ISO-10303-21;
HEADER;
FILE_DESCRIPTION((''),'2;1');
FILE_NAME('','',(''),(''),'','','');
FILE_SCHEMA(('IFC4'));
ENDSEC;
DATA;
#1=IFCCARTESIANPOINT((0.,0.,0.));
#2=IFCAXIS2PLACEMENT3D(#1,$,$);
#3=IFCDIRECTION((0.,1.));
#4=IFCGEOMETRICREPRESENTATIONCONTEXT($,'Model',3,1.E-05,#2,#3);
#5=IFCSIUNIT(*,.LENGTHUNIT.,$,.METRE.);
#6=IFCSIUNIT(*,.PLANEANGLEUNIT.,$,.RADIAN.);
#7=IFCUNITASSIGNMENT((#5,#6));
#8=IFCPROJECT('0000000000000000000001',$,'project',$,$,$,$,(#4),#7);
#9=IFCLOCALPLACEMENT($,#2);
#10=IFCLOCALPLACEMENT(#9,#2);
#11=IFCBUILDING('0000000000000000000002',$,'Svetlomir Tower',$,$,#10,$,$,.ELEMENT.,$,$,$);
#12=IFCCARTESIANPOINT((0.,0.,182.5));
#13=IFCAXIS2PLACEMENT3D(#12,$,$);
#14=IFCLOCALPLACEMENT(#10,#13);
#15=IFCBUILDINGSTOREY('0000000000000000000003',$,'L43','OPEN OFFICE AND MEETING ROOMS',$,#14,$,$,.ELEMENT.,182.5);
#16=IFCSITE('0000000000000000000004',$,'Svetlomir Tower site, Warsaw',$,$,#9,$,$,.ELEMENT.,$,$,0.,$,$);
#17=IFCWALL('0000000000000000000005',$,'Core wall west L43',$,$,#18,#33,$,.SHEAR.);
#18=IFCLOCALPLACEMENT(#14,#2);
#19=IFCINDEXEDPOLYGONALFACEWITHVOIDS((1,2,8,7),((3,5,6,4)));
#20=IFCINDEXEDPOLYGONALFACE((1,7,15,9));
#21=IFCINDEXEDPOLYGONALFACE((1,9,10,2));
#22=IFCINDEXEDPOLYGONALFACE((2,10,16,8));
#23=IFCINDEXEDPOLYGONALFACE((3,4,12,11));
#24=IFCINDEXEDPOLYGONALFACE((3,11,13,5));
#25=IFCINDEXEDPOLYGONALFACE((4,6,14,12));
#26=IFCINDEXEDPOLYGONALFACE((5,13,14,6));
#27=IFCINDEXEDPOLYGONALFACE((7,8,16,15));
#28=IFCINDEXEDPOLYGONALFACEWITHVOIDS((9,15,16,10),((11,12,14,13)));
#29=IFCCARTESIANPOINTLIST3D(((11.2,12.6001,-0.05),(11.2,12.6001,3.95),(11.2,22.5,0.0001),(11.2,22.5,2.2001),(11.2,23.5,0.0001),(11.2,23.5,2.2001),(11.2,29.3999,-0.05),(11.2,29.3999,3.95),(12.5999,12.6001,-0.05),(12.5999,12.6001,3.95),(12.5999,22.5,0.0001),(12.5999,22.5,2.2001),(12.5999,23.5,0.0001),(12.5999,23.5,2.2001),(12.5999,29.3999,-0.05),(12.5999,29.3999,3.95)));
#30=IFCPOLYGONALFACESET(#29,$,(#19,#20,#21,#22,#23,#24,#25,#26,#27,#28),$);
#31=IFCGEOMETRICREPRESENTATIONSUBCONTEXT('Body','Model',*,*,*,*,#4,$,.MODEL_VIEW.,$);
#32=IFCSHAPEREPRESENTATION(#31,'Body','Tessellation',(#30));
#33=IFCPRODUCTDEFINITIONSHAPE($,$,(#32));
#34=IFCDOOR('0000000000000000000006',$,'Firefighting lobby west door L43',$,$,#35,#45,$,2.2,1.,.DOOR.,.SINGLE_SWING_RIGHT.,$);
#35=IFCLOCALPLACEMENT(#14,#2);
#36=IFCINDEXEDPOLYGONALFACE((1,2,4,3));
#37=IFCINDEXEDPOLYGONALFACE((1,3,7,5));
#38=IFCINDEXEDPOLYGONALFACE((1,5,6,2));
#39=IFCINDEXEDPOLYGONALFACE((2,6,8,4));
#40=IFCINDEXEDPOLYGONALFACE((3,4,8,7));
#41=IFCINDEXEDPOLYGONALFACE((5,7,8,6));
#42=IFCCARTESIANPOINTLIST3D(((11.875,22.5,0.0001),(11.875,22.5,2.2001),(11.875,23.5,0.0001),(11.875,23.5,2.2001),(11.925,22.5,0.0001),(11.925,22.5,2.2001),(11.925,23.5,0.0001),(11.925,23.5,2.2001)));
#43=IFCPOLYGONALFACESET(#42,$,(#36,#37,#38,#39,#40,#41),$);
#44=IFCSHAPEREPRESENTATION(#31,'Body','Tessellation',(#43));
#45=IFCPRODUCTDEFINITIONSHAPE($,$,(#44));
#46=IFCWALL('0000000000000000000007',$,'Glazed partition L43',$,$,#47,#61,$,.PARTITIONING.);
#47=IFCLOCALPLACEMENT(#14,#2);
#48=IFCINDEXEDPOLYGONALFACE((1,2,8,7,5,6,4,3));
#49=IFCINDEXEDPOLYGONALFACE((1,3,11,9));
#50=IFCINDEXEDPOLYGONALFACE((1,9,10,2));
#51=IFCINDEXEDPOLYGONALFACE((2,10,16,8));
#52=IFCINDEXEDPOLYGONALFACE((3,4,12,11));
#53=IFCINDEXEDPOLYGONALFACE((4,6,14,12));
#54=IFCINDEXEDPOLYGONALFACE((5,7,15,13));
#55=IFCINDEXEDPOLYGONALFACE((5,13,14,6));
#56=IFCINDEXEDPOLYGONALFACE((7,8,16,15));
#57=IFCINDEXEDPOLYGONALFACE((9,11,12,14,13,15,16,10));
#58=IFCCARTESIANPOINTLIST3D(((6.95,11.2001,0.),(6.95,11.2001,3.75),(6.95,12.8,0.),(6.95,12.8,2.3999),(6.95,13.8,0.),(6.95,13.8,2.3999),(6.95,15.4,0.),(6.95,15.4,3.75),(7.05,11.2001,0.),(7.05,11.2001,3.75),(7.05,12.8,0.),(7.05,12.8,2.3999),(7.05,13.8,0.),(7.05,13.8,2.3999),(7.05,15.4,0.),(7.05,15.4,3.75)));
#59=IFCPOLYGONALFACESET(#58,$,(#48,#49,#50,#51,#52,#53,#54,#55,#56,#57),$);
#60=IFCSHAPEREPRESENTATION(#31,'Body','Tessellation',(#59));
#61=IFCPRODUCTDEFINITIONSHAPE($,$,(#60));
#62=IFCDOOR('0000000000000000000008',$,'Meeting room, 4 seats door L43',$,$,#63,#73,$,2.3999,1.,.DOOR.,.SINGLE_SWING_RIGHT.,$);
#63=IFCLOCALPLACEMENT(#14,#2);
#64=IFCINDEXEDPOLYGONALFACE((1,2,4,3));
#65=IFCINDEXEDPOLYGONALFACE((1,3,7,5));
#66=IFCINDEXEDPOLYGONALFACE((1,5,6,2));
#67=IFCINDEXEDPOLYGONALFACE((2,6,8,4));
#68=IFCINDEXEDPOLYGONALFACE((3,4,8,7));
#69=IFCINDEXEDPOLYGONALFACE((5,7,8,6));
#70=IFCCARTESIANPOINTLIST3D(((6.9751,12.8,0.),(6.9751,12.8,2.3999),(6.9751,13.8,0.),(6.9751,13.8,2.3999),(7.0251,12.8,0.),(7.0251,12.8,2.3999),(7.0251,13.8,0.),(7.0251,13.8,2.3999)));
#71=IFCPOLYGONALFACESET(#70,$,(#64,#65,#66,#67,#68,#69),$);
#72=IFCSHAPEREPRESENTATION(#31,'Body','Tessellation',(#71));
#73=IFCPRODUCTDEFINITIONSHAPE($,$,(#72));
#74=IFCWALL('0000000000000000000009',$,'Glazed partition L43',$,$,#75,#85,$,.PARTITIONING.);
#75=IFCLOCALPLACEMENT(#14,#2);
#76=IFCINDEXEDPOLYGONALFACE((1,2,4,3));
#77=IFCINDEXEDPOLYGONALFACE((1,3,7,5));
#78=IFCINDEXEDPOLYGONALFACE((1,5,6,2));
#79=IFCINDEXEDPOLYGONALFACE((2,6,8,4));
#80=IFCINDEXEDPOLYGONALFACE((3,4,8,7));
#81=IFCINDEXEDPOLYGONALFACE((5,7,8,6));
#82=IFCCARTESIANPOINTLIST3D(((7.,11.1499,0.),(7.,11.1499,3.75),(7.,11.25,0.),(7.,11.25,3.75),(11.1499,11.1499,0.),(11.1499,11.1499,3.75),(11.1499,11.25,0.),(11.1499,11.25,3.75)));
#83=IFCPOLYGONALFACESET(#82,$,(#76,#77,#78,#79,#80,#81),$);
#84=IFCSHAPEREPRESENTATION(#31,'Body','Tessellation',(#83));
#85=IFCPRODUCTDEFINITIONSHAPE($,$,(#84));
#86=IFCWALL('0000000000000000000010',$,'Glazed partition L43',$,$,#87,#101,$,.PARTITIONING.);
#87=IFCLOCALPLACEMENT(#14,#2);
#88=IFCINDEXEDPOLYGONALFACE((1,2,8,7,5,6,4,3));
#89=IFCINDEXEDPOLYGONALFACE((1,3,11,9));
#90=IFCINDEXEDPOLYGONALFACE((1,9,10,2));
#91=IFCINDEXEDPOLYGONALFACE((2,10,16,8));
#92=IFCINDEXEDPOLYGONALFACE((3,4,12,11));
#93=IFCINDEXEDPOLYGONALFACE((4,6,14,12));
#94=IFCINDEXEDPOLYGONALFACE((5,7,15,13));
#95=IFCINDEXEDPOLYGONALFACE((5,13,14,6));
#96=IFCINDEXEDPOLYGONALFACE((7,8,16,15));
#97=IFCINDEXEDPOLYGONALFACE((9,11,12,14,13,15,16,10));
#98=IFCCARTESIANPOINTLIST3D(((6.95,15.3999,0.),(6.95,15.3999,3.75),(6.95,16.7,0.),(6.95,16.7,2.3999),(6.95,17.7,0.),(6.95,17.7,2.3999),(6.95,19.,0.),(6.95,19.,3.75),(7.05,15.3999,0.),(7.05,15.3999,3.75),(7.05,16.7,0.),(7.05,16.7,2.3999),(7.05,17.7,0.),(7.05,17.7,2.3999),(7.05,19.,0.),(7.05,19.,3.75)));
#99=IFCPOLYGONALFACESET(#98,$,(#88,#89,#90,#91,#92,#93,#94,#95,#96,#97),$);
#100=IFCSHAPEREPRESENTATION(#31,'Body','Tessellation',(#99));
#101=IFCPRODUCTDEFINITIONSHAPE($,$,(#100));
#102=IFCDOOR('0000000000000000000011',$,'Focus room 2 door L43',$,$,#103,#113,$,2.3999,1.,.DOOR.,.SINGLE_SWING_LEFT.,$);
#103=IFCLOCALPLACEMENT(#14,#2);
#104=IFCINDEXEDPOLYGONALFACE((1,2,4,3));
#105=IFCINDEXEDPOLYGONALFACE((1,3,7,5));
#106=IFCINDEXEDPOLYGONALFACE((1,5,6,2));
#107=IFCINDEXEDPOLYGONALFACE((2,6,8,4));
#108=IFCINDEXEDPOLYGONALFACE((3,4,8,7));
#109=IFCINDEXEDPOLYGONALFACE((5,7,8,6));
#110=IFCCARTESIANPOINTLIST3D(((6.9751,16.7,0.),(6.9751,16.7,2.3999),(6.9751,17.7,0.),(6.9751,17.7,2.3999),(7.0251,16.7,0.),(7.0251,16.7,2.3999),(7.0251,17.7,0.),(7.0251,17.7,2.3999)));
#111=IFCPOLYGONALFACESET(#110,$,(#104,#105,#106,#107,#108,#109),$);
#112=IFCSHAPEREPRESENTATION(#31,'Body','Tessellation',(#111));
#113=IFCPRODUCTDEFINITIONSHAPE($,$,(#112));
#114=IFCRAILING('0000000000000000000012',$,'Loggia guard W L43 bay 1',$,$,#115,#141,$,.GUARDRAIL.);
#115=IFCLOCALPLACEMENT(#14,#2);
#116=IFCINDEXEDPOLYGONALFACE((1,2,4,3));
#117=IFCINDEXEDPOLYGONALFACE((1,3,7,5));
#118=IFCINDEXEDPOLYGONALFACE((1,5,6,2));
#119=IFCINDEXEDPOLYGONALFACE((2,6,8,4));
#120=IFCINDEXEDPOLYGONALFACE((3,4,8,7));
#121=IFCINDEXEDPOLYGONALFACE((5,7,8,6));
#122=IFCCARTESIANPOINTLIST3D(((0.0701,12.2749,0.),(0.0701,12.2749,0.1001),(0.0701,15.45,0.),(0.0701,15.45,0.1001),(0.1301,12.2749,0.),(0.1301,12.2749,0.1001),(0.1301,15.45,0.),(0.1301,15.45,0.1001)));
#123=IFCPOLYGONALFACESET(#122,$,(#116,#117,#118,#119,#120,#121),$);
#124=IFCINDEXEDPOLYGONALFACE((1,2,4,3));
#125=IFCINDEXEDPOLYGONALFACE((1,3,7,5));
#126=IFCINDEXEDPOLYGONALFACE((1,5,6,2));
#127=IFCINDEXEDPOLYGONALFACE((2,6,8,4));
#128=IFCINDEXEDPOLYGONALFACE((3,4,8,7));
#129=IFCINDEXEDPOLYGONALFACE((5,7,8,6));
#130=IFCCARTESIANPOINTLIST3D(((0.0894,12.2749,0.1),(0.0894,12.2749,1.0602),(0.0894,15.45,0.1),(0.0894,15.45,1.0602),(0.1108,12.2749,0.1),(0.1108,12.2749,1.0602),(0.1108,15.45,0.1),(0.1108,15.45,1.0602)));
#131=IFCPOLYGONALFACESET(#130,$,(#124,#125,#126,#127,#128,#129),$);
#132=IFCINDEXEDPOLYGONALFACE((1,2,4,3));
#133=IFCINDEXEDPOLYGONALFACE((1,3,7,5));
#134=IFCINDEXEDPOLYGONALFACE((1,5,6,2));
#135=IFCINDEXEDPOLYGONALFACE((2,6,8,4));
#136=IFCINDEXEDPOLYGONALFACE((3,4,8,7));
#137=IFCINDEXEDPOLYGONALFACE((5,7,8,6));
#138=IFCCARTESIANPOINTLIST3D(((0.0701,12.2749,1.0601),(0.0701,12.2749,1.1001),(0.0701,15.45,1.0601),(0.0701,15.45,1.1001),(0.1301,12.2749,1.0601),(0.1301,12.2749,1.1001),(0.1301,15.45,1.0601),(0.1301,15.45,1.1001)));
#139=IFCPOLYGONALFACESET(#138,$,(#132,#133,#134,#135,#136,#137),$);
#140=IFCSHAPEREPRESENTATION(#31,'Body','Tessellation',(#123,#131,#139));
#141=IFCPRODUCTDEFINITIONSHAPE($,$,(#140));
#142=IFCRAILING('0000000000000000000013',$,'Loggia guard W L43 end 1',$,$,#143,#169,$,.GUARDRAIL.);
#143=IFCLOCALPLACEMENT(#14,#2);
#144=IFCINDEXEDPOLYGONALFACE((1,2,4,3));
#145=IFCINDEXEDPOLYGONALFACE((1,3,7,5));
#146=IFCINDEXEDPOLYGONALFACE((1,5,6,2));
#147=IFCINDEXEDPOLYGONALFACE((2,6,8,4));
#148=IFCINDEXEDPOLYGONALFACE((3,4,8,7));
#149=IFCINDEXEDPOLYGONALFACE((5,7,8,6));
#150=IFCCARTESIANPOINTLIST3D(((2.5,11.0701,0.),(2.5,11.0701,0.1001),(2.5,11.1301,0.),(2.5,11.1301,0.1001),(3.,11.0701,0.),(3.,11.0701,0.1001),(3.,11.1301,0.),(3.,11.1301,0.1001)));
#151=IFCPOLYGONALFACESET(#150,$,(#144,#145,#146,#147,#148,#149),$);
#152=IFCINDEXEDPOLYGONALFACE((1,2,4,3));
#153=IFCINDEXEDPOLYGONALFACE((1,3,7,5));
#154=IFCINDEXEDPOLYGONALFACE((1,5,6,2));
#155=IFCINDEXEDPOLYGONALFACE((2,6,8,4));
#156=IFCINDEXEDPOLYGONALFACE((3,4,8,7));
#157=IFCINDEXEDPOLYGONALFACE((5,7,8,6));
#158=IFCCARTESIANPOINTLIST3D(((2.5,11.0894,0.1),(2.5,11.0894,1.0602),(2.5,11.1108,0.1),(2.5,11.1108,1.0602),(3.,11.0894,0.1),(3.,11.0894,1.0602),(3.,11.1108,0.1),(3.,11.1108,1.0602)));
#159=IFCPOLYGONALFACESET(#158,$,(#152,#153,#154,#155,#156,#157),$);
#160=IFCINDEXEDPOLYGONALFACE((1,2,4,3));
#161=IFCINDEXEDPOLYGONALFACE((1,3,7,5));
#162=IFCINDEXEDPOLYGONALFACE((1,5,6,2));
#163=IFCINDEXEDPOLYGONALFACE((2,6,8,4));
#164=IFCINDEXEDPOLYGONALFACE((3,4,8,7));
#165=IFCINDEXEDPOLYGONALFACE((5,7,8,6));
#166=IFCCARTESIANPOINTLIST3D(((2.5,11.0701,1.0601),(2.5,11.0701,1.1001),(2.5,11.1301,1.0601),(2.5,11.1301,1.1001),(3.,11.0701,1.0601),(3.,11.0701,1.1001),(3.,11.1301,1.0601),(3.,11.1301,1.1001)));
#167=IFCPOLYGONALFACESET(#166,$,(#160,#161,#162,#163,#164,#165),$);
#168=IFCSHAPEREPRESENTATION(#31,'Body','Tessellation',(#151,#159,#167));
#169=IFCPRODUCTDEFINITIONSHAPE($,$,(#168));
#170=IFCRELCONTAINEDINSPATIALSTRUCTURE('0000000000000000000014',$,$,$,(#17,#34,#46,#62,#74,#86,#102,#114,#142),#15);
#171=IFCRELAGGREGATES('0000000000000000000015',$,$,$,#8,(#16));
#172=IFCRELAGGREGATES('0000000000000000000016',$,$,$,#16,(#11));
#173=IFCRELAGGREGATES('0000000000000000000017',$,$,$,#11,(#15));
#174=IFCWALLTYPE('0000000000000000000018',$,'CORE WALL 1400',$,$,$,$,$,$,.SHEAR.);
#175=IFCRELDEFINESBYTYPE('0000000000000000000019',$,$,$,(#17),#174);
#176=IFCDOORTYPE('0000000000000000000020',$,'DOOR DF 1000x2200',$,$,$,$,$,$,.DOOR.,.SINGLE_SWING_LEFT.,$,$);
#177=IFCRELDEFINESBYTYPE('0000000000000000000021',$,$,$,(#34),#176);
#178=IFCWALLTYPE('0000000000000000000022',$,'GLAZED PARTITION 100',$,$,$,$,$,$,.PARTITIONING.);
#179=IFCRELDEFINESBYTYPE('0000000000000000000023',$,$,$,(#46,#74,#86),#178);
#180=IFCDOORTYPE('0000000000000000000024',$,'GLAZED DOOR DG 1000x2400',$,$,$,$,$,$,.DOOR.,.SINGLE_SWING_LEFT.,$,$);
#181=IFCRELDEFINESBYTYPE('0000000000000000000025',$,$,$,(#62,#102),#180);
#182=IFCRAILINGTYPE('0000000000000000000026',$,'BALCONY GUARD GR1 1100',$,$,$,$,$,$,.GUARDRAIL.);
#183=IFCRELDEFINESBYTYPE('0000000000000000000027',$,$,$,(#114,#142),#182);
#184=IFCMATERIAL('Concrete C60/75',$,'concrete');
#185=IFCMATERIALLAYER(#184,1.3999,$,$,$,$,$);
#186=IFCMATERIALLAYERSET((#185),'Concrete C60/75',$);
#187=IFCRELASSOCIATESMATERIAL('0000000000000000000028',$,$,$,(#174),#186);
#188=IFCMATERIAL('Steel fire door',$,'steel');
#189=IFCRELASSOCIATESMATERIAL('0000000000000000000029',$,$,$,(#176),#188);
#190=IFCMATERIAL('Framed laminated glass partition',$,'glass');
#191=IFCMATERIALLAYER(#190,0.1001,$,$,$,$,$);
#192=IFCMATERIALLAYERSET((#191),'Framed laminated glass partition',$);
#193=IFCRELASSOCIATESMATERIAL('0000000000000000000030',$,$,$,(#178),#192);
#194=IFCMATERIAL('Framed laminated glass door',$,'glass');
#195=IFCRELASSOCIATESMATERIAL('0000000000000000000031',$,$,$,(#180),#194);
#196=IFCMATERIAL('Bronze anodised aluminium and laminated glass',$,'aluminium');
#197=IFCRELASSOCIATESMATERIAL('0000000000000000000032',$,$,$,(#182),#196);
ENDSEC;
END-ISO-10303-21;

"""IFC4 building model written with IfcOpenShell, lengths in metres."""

from ifc_helpers import new_model, si_unit, direction, frame, frame_2d, origin, origin_2d, place, context, subcontext, project, spatial, rectangle, extrude, material, layer, layer_set, type_object, element, fill, save


model = new_model("IFC4")

# Units and contexts
model_context = context("Model", 3, precision=1e-05, world=origin(), true_north=direction((0.0, 1.0)))
body_context = subcontext(model_context, "Body", "Model", "MODEL_VIEW")
ifc_project = project(units=[si_unit("LENGTHUNIT", "METRE"), si_unit("PLANEANGLEUNIT", "RADIAN")], contexts=[model_context])

# Site, building, storey
site_placement = place(None, origin())
site = spatial("IfcSite", under=ifc_project, at=site_placement, Name="Svetlomir Tower site, Warsaw", CompositionType="ELEMENT", RefElevation=0.0)
building_placement = place(site_placement, origin())
building = spatial("IfcBuilding", under=site, at=building_placement, Name="Svetlomir Tower", CompositionType="ELEMENT")
storey_placement = place(building_placement, frame((0.0, 0.0, 182.5)))
storey = spatial("IfcBuildingStorey", under=building, at=storey_placement, Name="L43", Description="OPEN OFFICE AND MEETING ROOMS", CompositionType="ELEMENT", Elevation=182.5)

# Walls, openings, doors
ifc_material_1 = material(Name="Concrete C60/75", Category="concrete")
ifc_layer_1 = layer(ifc_material_1, 1.3999)
ifc_layer_set_1 = layer_set([ifc_layer_1], Name="Concrete C60/75")
wall_type_1 = type_object("IfcWallType", Name="CORE WALL 1400", PredefinedType="SHEAR", material=ifc_layer_set_1)
wall_1_placement = place(storey_placement, frame((11.8999, 12.6001, -0.05), z_axis=(0.0, 0.0, 1.0), x_axis=(0.0, 1.0, 0.0)))
wall_1 = element("IfcWall", 1, at=wall_1_placement, inside=storey, type_object=wall_type_1, Name="Core wall west L43", PredefinedType="SHEAR", context=body_context, shape_type="SweptSolid", body=[
    extrude(rectangle(XDim=16.7998, YDim=1.3999, at=frame_2d((8.3999, 0.0))), origin(), (0.0, 0.0, 1.0), 4.0),
])
opening_1_placement = place(wall_1_placement, frame((9.8999, 0.0, 0.05)))
opening_1 = element("IfcOpeningElement", 2, at=opening_1_placement, cuts=wall_1, PredefinedType="OPENING", context=body_context, shape_type="SweptSolid", body=[
    extrude(rectangle(XDim=1.0, YDim=2.2, at=frame_2d((0.5, 1.1001))), frame((0.0, 0.71, 0.0), z_axis=(0.0, -1.0, 0.0), x_axis=(1.0, 0.0, 0.0)), (0.0, 0.0, 1.0), 1.4199),
])
ifc_material_2 = material(Name="Steel fire door", Category="steel")
door_type_1 = type_object("IfcDoorType", Name="DOOR DF 1000x2200", OperationType="SINGLE_SWING_LEFT", PredefinedType="DOOR", material=ifc_material_2)
door_1_placement = place(opening_1_placement, origin())
door_1 = element("IfcDoor", 3, at=door_1_placement, inside=storey, type_object=door_type_1, Name="Firefighting lobby west door L43", OperationType="SINGLE_SWING_RIGHT", OverallHeight=2.2, OverallWidth=1.0, PredefinedType="DOOR", context=body_context, shape_type="SweptSolid", body=[
    extrude(rectangle(XDim=1.0, YDim=2.2, at=frame_2d((0.5, 1.1001))), frame((0.0, 0.0249, 0.0), z_axis=(0.0, -1.0, 0.0), x_axis=(1.0, 0.0, 0.0)), (0.0, 0.0, 1.0), 0.05),
])
fill(opening_1, door_1)
ifc_material_3 = material(Name="Framed laminated glass partition", Category="glass")
ifc_layer_2 = layer(ifc_material_3, 0.1001)
ifc_layer_set_2 = layer_set([ifc_layer_2], Name="Framed laminated glass partition")
wall_type_2 = type_object("IfcWallType", Name="GLAZED PARTITION 100", PredefinedType="PARTITIONING", material=ifc_layer_set_2)
wall_2_placement = place(storey_placement, frame((7.0, 11.2, 0.0), z_axis=(0.0, 0.0, 1.0), x_axis=(0.0, 1.0, 0.0)))
wall_2 = element("IfcWall", 4, at=wall_2_placement, inside=storey, type_object=wall_type_2, Name="Glazed partition L43", PredefinedType="PARTITIONING", context=body_context, shape_type="SweptSolid", body=[
    extrude(rectangle(XDim=4.2, YDim=0.1001, at=frame_2d((2.1001, 0.0))), origin(), (0.0, 0.0, 1.0), 3.75),
])
opening_2_placement = place(wall_2_placement, frame((1.6001, 0.0, 0.0)))
opening_2 = element("IfcOpeningElement", 5, at=opening_2_placement, cuts=wall_2, PredefinedType="OPENING", context=body_context, shape_type="SweptSolid", body=[
    extrude(rectangle(XDim=1.0, YDim=2.3999, at=frame_2d((0.5, 1.2))), frame((0.0, 0.0601, 0.0), z_axis=(0.0, -1.0, 0.0), x_axis=(1.0, 0.0, 0.0)), (0.0, 0.0, 1.0), 0.1201),
])
ifc_material_4 = material(Name="Framed laminated glass door", Category="glass")
door_type_2 = type_object("IfcDoorType", Name="GLAZED DOOR DG 1000x2400", OperationType="SINGLE_SWING_LEFT", PredefinedType="DOOR", material=ifc_material_4)
door_2_placement = place(opening_2_placement, origin())
door_2 = element("IfcDoor", 6, at=door_2_placement, inside=storey, type_object=door_type_2, Name="Meeting room, 4 seats door L43", OperationType="SINGLE_SWING_RIGHT", OverallHeight=2.3999, OverallWidth=1.0, PredefinedType="DOOR", context=body_context, shape_type="SweptSolid", body=[
    extrude(rectangle(XDim=1.0, YDim=2.3999, at=frame_2d((0.5, 1.2))), frame((0.0, 0.0249, 0.0), z_axis=(0.0, -1.0, 0.0), x_axis=(1.0, 0.0, 0.0)), (0.0, 0.0, 1.0), 0.05),
])
fill(opening_2, door_2)

# Wall
wall_3_placement = place(storey_placement, frame((7.0, 11.2, 0.0), z_axis=(0.0, 0.0, 1.0), x_axis=(1.0, 0.0, 0.0)))
element("IfcWall", 7, at=wall_3_placement, inside=storey, type_object=wall_type_2, Name="Glazed partition L43", PredefinedType="PARTITIONING", context=body_context, shape_type="SweptSolid", body=[
    extrude(rectangle(XDim=4.1499, YDim=0.1001, at=frame_2d((2.075, 0.0))), origin(), (0.0, 0.0, 1.0), 3.75),
])

# Wall, opening, door
wall_4_placement = place(storey_placement, frame((7.0, 15.3999, 0.0), z_axis=(0.0, 0.0, 1.0), x_axis=(0.0, 1.0, 0.0)))
wall_4 = element("IfcWall", 8, at=wall_4_placement, inside=storey, type_object=wall_type_2, Name="Glazed partition L43", PredefinedType="PARTITIONING", context=body_context, shape_type="SweptSolid", body=[
    extrude(rectangle(XDim=3.6001, YDim=0.1001, at=frame_2d((1.8, 0.0))), origin(), (0.0, 0.0, 1.0), 3.75),
])
opening_3_placement = place(wall_4_placement, frame((1.3, 0.0, 0.0)))
opening_3 = element("IfcOpeningElement", 9, at=opening_3_placement, cuts=wall_4, PredefinedType="OPENING", context=body_context, shape_type="SweptSolid", body=[
    extrude(rectangle(XDim=1.0, YDim=2.3999, at=frame_2d((0.5, 1.2))), frame((0.0, 0.0601, 0.0), z_axis=(0.0, -1.0, 0.0), x_axis=(1.0, 0.0, 0.0)), (0.0, 0.0, 1.0), 0.1201),
])
door_3_placement = place(opening_3_placement, origin())
door_3 = element("IfcDoor", 10, at=door_3_placement, inside=storey, type_object=door_type_2, Name="Focus room 2 door L43", OperationType="SINGLE_SWING_LEFT", OverallHeight=2.3999, OverallWidth=1.0, PredefinedType="DOOR", context=body_context, shape_type="SweptSolid", body=[
    extrude(rectangle(XDim=1.0, YDim=2.3999, at=frame_2d((0.5, 1.2))), frame((0.0, 0.0249, 0.0), z_axis=(0.0, -1.0, 0.0), x_axis=(1.0, 0.0, 0.0)), (0.0, 0.0, 1.0), 0.05),
])
fill(opening_3, door_3)

# Railings
ifc_material_5 = material(Name="Bronze anodised aluminium and laminated glass", Category="aluminium")
railing_type = type_object("IfcRailingType", Name="BALCONY GUARD GR1 1100", PredefinedType="GUARDRAIL", material=ifc_material_5)
railing_1_placement = place(storey_placement, frame((0.1001, 12.2749, 0.0)))
element("IfcRailing", 11, at=railing_1_placement, inside=storey, type_object=railing_type, Name="Loggia guard W L43 bay 1", PredefinedType="GUARDRAIL", context=body_context, shape_type="SweptSolid", body=[
    extrude(rectangle(XDim=0.0601, YDim=0.1001, at=origin_2d()), frame((0.0, 0.0, 0.05), z_axis=(0.0, 1.0, 0.0), x_axis=(-1.0, 0.0, 0.0)), (0.0, 0.0, 1.0), 3.175),
    extrude(rectangle(XDim=0.0215, YDim=0.9602, at=origin_2d()), frame((0.0, 0.0, 0.5801), z_axis=(0.0, 1.0, 0.0), x_axis=(-1.0, 0.0, 0.0)), (0.0, 0.0, 1.0), 3.175),
    extrude(rectangle(XDim=0.0601, YDim=0.04, at=origin_2d()), frame((0.0, 0.0, 1.0801), z_axis=(0.0, 1.0, 0.0), x_axis=(-1.0, 0.0, 0.0)), (0.0, 0.0, 1.0), 3.175),
])
railing_2_placement = place(storey_placement, frame((2.5, 11.1001, 0.0)))
element("IfcRailing", 12, at=railing_2_placement, inside=storey, type_object=railing_type, Name="Loggia guard W L43 end 1", PredefinedType="GUARDRAIL", context=body_context, shape_type="SweptSolid", body=[
    extrude(rectangle(XDim=0.0601, YDim=0.1001, at=origin_2d()), frame((0.0, 0.0, 0.05), z_axis=(1.0, 0.0, 0.0), x_axis=(0.0, 1.0, 0.0)), (0.0, 0.0, 1.0), 0.5),
    extrude(rectangle(XDim=0.0215, YDim=0.9602, at=origin_2d()), frame((0.0, 0.0, 0.5801), z_axis=(1.0, 0.0, 0.0), x_axis=(0.0, 1.0, 0.0)), (0.0, 0.0, 1.0), 0.5),
    extrude(rectangle(XDim=0.0601, YDim=0.04, at=origin_2d()), frame((0.0, 0.0, 1.0801), z_axis=(1.0, 0.0, 0.0), x_axis=(0.0, 1.0, 0.0)), (0.0, 0.0, 1.0), 0.5),
])

save(model, "model.ifc")
